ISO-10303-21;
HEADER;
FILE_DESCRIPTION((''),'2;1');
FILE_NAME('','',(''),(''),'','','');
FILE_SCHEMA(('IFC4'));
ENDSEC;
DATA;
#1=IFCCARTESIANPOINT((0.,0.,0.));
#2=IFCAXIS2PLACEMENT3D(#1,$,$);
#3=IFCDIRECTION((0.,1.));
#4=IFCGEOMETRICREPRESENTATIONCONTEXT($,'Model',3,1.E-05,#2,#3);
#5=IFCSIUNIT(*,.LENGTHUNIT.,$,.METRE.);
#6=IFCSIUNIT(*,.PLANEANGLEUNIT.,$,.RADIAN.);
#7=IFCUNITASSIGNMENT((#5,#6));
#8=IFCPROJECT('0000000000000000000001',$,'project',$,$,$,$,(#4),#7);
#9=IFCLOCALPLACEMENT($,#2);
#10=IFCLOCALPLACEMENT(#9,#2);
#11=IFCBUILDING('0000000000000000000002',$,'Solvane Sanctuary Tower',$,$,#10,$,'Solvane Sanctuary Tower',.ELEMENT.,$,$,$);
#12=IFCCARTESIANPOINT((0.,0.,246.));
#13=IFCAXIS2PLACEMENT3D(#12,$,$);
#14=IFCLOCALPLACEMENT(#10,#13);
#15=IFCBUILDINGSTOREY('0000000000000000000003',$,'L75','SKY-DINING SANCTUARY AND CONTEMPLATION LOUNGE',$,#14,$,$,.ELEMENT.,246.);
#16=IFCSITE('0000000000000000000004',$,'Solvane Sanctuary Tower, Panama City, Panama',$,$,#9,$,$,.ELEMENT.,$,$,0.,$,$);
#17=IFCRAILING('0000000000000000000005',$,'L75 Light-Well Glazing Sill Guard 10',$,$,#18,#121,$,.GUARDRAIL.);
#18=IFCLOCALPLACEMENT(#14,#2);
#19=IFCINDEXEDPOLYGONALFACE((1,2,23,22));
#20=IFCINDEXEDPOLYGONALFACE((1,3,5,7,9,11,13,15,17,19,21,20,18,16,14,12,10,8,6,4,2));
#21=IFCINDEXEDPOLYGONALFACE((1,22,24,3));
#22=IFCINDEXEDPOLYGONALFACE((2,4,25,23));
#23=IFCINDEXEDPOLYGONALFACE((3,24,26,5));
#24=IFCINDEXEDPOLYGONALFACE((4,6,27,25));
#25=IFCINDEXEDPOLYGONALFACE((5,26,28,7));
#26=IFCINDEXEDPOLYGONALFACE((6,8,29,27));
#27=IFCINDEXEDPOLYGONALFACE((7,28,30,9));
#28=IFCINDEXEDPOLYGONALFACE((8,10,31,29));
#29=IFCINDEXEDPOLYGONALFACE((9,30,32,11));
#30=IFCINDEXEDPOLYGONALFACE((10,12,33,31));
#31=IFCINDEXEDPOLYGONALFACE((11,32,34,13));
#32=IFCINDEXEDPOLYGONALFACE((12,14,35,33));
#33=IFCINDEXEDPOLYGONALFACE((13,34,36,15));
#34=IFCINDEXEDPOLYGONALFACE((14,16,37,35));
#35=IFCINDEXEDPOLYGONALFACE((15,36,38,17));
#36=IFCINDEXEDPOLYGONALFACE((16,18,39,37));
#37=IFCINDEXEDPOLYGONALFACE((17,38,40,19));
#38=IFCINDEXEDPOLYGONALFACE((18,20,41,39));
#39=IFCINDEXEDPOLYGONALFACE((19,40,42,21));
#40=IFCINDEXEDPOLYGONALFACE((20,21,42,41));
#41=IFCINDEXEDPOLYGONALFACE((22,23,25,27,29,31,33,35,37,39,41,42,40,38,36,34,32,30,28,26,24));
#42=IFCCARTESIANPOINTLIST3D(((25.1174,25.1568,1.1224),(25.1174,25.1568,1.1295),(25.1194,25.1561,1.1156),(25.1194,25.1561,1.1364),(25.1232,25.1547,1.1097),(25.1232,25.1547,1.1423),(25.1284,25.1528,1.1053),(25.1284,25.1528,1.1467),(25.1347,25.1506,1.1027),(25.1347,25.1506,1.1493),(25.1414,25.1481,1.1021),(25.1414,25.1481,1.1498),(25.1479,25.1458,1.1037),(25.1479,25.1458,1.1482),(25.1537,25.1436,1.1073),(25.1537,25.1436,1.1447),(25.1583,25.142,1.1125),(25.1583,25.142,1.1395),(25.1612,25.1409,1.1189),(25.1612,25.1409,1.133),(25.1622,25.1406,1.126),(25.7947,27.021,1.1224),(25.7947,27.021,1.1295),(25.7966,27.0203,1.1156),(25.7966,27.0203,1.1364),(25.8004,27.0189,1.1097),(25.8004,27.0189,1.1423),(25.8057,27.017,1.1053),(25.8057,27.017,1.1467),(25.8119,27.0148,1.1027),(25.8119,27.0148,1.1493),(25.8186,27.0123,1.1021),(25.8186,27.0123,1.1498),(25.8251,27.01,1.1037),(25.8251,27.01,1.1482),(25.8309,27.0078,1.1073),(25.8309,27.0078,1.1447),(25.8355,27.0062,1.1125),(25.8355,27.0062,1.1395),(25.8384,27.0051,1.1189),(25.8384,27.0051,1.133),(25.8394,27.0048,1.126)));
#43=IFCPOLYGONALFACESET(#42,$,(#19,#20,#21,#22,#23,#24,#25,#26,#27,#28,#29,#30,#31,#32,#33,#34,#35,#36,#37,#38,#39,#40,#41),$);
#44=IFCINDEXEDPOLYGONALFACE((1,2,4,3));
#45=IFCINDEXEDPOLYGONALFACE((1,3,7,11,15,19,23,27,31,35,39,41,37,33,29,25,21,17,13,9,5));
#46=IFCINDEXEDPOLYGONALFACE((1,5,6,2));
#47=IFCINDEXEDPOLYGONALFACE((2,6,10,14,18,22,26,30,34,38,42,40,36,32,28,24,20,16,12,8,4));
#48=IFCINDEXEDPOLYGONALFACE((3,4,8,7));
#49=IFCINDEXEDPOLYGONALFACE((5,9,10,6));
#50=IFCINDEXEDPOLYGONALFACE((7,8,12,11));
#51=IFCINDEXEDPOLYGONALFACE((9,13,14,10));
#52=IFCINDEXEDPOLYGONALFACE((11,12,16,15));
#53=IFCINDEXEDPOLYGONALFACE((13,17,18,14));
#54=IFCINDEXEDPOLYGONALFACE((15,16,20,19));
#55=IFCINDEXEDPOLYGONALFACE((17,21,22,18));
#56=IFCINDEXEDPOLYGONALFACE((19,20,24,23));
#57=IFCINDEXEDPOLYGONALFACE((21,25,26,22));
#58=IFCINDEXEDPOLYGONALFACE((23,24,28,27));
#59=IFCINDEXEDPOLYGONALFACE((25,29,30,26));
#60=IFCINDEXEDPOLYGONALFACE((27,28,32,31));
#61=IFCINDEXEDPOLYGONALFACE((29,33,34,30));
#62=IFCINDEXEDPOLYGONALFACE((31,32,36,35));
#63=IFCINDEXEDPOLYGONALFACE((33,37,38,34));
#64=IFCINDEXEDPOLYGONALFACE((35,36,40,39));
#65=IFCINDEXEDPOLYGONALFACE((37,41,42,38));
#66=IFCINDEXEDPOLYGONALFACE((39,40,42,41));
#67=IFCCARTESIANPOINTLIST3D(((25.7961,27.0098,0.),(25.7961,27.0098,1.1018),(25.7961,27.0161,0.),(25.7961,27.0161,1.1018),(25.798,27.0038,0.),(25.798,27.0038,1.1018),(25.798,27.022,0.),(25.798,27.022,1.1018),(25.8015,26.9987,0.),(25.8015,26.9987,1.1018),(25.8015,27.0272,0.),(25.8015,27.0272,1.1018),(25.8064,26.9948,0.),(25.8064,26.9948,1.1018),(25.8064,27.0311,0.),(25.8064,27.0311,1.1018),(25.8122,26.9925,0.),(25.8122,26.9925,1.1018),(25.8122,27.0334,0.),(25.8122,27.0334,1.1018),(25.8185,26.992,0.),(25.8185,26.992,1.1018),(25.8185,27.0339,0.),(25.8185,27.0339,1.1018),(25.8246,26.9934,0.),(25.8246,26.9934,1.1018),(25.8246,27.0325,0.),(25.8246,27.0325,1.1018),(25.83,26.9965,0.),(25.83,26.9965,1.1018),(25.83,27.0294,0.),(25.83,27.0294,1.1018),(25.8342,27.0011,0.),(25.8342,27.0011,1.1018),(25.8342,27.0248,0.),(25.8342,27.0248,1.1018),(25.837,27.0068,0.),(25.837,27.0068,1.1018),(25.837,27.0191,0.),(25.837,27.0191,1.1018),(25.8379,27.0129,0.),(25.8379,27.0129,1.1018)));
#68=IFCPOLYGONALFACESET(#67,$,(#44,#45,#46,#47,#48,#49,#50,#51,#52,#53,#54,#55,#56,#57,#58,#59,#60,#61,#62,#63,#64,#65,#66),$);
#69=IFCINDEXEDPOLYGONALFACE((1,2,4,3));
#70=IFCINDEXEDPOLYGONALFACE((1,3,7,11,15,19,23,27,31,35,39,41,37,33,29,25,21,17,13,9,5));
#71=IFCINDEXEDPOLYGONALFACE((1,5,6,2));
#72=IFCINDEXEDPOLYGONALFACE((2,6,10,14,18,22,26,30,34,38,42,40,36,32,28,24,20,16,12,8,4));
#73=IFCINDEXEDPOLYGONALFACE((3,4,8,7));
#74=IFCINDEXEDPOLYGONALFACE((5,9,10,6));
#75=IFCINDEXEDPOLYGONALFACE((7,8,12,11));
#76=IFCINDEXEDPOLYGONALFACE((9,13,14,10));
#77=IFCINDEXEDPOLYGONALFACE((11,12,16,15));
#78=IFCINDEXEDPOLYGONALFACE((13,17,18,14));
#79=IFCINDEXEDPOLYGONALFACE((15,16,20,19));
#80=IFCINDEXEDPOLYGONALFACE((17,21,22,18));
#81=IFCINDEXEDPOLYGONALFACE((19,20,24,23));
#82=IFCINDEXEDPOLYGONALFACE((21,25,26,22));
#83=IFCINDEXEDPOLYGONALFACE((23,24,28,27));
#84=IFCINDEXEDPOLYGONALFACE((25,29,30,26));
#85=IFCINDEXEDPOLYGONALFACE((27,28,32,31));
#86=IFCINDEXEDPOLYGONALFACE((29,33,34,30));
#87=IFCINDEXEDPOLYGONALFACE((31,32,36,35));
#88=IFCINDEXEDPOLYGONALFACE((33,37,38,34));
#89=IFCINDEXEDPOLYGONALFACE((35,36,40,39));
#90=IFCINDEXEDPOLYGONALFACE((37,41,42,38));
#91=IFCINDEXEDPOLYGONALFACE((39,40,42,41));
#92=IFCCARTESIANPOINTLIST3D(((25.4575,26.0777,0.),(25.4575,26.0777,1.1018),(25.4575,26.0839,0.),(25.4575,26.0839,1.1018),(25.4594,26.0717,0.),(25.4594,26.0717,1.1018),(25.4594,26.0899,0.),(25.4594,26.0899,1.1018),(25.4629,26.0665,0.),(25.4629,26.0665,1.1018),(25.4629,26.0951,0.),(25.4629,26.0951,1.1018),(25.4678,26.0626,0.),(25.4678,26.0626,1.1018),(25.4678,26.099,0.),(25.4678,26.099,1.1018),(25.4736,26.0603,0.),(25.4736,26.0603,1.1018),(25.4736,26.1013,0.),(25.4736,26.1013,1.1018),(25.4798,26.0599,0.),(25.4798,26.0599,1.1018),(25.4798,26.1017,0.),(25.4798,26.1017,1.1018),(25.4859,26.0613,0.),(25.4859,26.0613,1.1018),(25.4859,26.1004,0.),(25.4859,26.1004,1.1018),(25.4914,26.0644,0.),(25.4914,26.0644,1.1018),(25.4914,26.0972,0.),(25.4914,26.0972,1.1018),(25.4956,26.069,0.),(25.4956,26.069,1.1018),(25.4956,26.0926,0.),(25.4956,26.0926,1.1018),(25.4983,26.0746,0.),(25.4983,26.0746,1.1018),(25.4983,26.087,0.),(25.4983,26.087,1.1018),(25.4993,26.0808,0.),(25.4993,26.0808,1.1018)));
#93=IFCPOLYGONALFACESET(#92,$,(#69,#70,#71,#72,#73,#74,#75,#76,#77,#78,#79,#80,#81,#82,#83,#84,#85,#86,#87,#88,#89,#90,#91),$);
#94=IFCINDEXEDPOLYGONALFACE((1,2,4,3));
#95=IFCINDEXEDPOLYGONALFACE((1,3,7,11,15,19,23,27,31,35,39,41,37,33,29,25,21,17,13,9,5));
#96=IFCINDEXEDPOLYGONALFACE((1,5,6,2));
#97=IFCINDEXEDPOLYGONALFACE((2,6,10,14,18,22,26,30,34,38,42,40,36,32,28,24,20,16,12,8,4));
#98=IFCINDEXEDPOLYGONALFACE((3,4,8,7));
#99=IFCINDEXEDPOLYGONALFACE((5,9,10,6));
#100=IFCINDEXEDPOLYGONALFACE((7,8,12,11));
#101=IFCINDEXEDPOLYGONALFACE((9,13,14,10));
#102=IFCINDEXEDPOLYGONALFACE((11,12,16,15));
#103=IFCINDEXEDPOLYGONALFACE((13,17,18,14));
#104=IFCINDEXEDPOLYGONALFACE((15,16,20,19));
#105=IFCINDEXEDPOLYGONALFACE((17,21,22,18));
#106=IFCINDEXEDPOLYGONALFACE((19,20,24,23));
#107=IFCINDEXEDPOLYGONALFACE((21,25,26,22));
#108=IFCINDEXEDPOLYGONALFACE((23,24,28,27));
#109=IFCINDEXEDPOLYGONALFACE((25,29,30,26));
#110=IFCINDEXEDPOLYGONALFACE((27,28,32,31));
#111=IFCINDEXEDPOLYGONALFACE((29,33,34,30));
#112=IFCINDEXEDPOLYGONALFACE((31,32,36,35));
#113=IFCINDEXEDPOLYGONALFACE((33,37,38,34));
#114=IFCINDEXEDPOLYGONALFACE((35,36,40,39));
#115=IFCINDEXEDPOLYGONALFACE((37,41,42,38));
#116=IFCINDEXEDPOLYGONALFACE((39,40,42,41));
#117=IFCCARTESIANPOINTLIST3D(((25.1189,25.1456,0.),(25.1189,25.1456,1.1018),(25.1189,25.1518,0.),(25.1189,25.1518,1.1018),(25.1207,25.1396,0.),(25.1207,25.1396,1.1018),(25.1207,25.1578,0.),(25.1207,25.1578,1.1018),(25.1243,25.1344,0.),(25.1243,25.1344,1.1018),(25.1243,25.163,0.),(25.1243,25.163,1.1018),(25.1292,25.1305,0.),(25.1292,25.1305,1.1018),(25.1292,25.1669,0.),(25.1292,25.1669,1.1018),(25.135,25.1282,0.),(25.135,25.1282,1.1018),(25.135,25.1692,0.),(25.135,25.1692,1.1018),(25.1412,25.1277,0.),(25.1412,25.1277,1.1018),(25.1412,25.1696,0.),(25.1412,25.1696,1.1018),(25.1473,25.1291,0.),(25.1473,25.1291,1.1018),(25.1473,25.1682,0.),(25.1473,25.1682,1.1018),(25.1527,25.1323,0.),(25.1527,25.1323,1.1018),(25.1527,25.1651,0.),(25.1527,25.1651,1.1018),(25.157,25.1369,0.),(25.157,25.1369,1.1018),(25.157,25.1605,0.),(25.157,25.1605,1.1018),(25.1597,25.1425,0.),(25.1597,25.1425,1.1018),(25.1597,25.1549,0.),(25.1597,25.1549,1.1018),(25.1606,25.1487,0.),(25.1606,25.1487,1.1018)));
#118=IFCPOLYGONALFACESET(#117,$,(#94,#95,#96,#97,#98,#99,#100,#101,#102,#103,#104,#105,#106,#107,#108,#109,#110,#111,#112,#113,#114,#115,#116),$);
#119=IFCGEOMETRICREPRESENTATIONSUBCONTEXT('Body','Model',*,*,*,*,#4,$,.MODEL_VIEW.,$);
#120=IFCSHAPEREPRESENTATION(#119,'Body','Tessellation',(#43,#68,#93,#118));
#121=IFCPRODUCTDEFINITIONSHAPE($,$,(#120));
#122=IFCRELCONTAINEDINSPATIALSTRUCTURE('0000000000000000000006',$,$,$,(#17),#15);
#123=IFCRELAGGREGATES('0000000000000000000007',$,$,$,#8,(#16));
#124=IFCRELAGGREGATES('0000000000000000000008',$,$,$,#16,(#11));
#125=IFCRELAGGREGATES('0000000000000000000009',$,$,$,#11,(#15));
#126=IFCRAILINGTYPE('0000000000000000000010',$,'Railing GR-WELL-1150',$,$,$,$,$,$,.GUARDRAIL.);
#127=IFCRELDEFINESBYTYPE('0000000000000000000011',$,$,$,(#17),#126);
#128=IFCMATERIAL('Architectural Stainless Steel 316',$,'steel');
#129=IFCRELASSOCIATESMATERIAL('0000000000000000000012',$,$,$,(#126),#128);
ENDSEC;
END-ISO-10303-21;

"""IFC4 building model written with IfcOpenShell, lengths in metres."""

from ifc_helpers import new_model, si_unit, direction, frame, origin, origin_2d, place, context, subcontext, project, spatial, circle, extrude, material, type_object, element, save


model = new_model("IFC4")

# Units and contexts
model_context = context("Model", 3, precision=1e-05, world=origin(), true_north=direction((0.0, 1.0)))
body_context = subcontext(model_context, "Body", "Model", "MODEL_VIEW")
ifc_project = project(units=[si_unit("LENGTHUNIT", "METRE"), si_unit("PLANEANGLEUNIT", "RADIAN")], contexts=[model_context])

# Site, building, storey
site_placement = place(None, origin())
site = spatial("IfcSite", under=ifc_project, at=site_placement, Name="Solvane Sanctuary Tower, Panama City, Panama", CompositionType="ELEMENT", RefElevation=0.0)
building_placement = place(site_placement, origin())
building = spatial("IfcBuilding", under=site, at=building_placement, Name="Solvane Sanctuary Tower", LongName="Solvane Sanctuary Tower", CompositionType="ELEMENT")
storey_placement = place(building_placement, frame((0.0, 0.0, 246.0)))
storey = spatial("IfcBuildingStorey", under=building, at=storey_placement, Name="L75", Description="SKY-DINING SANCTUARY AND CONTEMPLATION LOUNGE", CompositionType="ELEMENT", Elevation=246.0)

# Shared definitions
ifc_material_1 = material(Name="Architectural Stainless Steel 316", Category="steel")

# Railing
railing_type = type_object("IfcRailingType", Name="Railing GR-WELL-1150", PredefinedType="GUARDRAIL", material=ifc_material_1)
railing_placement = place(storey_placement, frame((25.8169, 27.0129, 0.0)))
element("IfcRailing", 1, at=railing_placement, inside=storey, type_object=railing_type, Name="L75 Light-Well Glazing Sill Guard 10", PredefinedType="GUARDRAIL", context=body_context, shape_type="SweptSolid", body=[
    extrude(circle(Radius=0.0239, at=origin_2d()), frame((0.0, 0.0, 1.126), z_axis=(-0.341447, -0.939901, 0.0), x_axis=(0.939901, -0.341447, 0.0)), (0.0, 0.0, 1.0), 1.9834),
    extrude(circle(Radius=0.021, at=origin_2d()), origin(), (0.0, 0.0, 1.0), 1.1018),
    extrude(circle(Radius=0.021, at=origin_2d()), frame((-0.3386, -0.9321, 0.0)), (0.0, 0.0, 1.0), 1.1018),
    extrude(circle(Radius=0.021, at=origin_2d()), frame((-0.6772, -1.8643, 0.0)), (0.0, 0.0, 1.0), 1.1018),
])

save(model, "model.ifc")
